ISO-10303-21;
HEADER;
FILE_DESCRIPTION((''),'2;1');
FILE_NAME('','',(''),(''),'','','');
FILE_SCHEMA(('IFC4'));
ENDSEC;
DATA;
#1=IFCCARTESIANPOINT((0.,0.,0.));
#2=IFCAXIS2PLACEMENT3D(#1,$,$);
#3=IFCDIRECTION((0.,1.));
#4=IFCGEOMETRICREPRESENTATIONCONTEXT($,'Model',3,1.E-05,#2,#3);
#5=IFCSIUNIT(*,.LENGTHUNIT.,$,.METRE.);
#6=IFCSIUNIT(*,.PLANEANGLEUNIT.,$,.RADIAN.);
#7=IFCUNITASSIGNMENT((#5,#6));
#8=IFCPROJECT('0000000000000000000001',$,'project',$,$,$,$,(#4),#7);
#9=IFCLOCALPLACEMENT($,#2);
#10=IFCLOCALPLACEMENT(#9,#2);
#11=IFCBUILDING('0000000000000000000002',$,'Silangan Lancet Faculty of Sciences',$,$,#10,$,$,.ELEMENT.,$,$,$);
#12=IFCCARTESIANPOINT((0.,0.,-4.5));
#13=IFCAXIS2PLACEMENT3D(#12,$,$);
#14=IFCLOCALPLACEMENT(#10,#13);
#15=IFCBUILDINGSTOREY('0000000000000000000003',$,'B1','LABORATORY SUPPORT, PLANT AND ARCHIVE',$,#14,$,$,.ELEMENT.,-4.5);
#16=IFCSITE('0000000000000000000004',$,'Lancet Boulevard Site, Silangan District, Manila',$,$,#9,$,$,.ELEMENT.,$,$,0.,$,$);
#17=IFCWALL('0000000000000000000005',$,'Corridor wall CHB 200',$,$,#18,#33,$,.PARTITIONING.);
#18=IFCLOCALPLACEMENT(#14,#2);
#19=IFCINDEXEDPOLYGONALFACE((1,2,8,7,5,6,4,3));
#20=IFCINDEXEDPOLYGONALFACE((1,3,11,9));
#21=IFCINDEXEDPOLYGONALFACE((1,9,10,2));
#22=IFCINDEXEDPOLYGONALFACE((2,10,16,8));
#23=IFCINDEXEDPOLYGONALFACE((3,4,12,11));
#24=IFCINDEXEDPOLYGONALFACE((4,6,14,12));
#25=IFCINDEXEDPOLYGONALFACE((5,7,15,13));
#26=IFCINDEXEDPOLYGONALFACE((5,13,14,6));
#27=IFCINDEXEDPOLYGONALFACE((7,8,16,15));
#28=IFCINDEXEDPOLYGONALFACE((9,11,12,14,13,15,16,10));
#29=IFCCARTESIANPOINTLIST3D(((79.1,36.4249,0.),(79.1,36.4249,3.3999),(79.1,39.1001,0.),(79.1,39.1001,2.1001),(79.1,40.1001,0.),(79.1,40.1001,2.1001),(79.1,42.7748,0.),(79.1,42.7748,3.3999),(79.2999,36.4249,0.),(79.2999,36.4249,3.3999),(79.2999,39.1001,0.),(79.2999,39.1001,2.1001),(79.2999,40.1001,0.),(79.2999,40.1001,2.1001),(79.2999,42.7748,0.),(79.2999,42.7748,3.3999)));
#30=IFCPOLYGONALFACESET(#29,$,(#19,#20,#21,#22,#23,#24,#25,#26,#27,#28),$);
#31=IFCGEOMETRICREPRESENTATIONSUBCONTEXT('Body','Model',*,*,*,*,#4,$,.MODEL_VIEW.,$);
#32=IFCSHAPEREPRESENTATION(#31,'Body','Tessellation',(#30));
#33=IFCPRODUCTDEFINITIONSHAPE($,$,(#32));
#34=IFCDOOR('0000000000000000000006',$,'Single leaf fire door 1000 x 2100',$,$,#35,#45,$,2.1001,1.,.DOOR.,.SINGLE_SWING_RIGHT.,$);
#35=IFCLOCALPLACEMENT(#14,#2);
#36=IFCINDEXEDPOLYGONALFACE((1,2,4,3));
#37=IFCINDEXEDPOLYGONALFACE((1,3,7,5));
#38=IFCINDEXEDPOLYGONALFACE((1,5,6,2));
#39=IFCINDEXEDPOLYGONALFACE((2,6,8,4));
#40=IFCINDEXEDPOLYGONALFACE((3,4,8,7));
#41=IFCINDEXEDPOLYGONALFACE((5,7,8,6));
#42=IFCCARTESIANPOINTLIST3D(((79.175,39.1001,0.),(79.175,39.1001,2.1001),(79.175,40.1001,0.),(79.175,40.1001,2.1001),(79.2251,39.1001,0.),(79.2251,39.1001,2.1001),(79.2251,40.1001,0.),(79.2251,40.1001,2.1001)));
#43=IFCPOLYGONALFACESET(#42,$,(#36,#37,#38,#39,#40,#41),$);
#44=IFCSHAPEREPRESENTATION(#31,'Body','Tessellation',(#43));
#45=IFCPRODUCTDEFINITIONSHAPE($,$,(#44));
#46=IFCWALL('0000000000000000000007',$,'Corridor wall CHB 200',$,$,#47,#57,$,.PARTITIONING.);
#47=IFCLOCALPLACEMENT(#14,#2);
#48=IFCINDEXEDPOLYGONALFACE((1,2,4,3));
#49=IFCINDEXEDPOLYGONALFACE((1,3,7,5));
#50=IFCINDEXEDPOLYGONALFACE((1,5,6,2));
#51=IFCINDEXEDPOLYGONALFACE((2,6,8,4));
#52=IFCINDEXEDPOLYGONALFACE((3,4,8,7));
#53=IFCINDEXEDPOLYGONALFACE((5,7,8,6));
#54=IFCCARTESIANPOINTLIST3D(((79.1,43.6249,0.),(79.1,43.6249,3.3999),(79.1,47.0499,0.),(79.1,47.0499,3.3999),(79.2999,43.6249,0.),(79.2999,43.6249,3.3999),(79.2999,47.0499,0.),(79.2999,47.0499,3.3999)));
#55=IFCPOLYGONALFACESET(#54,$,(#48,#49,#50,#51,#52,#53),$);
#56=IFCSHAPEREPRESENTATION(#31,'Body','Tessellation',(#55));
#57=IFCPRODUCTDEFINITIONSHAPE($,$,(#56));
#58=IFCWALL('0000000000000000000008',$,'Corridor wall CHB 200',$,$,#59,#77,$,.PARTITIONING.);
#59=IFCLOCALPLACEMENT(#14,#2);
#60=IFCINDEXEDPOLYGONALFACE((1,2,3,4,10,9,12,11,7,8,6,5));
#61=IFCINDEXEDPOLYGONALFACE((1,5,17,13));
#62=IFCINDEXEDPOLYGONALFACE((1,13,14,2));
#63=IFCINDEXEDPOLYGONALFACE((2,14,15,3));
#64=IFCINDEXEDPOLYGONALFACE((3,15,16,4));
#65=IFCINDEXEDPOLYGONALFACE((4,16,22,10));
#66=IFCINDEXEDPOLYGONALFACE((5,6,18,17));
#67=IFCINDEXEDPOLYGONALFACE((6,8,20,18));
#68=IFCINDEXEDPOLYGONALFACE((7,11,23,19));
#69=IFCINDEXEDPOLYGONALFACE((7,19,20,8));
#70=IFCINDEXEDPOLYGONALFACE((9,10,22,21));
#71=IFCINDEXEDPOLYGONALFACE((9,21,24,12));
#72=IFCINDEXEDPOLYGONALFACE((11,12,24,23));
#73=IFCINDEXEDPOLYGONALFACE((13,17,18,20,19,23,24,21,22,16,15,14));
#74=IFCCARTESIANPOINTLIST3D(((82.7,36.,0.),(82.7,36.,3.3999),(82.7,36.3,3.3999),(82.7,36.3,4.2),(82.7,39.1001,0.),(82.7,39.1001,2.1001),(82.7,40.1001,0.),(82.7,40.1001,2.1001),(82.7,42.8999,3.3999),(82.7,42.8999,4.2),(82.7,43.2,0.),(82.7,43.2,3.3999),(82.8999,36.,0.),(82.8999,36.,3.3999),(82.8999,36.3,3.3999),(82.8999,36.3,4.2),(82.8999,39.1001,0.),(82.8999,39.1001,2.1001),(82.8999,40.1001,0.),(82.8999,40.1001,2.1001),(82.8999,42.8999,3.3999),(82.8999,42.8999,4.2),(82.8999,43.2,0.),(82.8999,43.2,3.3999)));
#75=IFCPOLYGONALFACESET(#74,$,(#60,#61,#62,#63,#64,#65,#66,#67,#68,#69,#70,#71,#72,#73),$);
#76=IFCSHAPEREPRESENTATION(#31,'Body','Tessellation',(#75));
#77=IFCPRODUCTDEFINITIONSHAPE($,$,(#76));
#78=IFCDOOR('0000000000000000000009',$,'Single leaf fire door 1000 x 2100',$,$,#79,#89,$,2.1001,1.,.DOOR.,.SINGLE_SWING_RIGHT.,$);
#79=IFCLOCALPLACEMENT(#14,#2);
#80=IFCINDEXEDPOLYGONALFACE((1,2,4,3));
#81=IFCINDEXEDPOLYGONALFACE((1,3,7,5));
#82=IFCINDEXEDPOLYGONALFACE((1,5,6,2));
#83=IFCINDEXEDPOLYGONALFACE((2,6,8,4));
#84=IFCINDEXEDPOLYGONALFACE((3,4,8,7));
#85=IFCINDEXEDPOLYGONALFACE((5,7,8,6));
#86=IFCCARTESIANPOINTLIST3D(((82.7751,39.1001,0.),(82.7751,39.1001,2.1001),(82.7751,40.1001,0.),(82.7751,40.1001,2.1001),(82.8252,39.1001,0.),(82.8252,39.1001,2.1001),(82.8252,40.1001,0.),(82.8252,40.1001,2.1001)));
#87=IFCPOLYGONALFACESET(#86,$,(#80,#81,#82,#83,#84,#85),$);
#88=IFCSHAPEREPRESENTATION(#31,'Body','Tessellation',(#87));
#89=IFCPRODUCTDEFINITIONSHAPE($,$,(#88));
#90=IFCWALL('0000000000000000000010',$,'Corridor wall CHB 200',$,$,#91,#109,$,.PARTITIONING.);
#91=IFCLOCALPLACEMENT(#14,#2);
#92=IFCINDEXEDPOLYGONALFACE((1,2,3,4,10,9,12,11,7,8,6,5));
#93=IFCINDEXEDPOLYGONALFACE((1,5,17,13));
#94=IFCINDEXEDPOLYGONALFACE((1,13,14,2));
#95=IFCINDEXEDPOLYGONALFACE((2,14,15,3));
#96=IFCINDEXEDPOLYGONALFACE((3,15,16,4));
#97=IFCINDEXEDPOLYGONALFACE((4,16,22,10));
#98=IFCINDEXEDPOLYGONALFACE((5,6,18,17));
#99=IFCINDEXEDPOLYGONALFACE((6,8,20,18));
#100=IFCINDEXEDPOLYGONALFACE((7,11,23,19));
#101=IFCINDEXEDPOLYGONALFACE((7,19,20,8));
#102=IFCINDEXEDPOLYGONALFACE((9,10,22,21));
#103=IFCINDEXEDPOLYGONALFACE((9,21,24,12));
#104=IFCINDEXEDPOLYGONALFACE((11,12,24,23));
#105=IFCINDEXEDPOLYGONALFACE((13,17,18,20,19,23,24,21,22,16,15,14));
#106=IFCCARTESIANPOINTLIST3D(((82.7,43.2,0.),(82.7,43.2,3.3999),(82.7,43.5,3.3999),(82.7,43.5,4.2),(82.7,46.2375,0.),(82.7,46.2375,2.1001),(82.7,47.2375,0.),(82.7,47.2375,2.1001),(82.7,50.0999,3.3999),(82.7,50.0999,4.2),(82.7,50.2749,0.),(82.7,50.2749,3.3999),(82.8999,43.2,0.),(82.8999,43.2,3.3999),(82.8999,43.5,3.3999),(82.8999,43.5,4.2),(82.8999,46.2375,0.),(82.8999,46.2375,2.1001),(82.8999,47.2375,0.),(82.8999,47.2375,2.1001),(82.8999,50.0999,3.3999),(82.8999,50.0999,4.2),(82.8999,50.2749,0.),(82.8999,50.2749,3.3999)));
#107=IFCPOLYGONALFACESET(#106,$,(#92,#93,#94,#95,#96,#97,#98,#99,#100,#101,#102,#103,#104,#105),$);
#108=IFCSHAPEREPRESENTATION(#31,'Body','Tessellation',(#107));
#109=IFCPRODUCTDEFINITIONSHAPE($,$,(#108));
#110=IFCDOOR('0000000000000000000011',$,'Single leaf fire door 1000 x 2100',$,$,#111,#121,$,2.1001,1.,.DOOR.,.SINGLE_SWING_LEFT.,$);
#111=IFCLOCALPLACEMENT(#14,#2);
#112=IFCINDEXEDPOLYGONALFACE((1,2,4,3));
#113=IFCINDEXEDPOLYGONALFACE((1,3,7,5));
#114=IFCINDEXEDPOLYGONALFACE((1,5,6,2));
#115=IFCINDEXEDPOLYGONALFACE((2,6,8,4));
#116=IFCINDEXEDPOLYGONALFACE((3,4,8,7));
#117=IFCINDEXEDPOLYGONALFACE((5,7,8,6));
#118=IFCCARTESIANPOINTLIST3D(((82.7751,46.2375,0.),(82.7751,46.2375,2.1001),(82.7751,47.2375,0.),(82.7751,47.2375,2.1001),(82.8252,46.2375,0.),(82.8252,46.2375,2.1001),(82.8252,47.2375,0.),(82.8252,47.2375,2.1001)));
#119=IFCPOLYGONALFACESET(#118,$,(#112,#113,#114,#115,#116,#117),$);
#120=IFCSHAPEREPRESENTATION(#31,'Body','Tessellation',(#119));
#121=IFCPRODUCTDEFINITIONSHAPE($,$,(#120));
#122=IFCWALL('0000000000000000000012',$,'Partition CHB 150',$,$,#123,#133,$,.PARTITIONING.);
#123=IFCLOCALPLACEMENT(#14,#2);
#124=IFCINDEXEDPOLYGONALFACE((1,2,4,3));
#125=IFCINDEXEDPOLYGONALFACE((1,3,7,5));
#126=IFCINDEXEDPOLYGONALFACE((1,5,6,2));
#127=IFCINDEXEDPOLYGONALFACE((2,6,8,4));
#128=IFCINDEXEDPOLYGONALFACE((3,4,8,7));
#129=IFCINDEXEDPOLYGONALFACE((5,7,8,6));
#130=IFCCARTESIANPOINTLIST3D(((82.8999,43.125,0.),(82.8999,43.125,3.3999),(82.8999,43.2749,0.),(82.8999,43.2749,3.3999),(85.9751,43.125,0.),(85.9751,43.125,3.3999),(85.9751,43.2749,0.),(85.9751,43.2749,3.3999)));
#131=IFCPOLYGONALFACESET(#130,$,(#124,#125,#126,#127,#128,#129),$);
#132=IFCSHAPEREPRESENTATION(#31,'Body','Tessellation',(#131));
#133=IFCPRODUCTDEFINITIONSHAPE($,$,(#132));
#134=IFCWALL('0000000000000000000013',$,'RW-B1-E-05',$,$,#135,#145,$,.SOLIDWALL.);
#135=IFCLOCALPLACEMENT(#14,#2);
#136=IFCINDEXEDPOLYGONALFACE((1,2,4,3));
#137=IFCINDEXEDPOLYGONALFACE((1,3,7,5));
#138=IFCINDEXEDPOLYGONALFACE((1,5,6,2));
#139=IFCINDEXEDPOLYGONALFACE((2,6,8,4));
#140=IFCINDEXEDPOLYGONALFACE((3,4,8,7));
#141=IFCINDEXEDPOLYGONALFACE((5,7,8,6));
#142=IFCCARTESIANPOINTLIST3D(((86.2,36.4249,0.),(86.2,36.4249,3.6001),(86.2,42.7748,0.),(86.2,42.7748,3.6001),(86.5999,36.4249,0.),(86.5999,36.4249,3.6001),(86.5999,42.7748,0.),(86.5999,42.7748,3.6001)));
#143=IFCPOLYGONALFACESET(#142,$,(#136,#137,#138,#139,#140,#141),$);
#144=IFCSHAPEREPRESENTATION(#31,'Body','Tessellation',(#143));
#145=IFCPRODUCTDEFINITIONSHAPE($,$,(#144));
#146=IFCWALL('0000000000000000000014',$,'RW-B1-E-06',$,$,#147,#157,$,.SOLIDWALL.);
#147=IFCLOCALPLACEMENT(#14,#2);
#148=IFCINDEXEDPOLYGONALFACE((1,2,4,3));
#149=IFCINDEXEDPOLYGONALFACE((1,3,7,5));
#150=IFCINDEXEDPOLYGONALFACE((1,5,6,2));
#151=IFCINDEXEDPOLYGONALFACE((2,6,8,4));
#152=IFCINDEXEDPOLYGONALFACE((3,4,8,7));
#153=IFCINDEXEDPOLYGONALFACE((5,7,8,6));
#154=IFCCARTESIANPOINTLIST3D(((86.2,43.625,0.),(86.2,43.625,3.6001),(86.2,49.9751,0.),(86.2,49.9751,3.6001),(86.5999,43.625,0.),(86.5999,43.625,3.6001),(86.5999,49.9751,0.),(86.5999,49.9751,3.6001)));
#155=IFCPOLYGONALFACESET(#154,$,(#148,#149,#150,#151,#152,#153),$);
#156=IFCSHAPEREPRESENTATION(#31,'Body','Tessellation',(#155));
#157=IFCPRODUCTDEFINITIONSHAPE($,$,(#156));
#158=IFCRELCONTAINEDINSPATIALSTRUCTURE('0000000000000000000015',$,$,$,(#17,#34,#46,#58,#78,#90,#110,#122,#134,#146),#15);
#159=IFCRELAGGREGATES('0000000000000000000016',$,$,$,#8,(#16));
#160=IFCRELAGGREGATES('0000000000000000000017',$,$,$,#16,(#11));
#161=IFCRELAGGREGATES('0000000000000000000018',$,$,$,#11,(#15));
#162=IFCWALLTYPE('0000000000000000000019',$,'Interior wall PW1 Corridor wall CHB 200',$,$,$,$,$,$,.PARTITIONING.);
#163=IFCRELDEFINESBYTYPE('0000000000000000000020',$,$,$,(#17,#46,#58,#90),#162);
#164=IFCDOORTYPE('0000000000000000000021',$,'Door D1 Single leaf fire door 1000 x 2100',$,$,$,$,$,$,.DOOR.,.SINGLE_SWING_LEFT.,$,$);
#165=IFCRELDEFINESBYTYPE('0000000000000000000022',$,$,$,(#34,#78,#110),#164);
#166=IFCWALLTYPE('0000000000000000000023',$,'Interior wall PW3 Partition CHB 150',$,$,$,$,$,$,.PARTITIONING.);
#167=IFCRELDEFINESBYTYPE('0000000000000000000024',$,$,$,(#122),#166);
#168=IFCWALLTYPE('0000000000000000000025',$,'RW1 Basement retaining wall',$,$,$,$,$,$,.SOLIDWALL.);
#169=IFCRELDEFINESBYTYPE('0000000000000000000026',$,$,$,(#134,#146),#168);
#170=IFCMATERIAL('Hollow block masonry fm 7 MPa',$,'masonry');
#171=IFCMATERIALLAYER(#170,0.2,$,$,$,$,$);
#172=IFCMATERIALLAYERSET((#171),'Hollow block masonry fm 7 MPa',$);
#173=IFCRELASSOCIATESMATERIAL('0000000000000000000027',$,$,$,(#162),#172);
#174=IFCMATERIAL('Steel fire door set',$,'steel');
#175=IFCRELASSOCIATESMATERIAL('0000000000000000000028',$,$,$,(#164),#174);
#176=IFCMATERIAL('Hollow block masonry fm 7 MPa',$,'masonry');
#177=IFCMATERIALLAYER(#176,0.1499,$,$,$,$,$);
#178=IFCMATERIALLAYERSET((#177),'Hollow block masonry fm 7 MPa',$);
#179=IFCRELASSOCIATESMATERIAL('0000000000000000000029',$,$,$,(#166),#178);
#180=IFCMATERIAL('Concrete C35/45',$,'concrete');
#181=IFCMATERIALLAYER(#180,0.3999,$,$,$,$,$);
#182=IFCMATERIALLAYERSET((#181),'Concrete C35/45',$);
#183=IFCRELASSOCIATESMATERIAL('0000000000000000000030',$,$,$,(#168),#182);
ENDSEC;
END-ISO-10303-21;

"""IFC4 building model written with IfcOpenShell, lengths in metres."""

from ifc_helpers import new_model, si_unit, direction, frame, frame_2d, origin, place, context, subcontext, project, spatial, polyline, rectangle, outline, extrude, material, layer, layer_set, type_object, element, fill, save


model = new_model("IFC4")

# Units and contexts
model_context = context("Model", 3, precision=1e-05, world=origin(), true_north=direction((0.0, 1.0)))
body_context = subcontext(model_context, "Body", "Model", "MODEL_VIEW")
ifc_project = project(units=[si_unit("LENGTHUNIT", "METRE"), si_unit("PLANEANGLEUNIT", "RADIAN")], contexts=[model_context])

# Site, building, storey
site_placement = place(None, origin())
site = spatial("IfcSite", under=ifc_project, at=site_placement, Name="Lancet Boulevard Site, Silangan District, Manila", CompositionType="ELEMENT", RefElevation=0.0)
building_placement = place(site_placement, origin())
building = spatial("IfcBuilding", under=site, at=building_placement, Name="Silangan Lancet Faculty of Sciences", CompositionType="ELEMENT")
storey_placement = place(building_placement, frame((0.0, 0.0, -4.5)))
storey = spatial("IfcBuildingStorey", under=building, at=storey_placement, Name="B1", Description="LABORATORY SUPPORT, PLANT AND ARCHIVE", CompositionType="ELEMENT", Elevation=-4.5)

# Wall, opening, door
ifc_material_1 = material(Name="Hollow block masonry fm 7 MPa", Category="masonry")
ifc_layer_1 = layer(ifc_material_1, 0.2)
ifc_layer_set_1 = layer_set([ifc_layer_1], Name="Hollow block masonry fm 7 MPa")
wall_type_1 = type_object("IfcWallType", Name="Interior wall PW1 Corridor wall CHB 200", PredefinedType="PARTITIONING", material=ifc_layer_set_1)
wall_1_placement = place(storey_placement, frame((79.2, 36.425, 0.0), z_axis=(0.0, 0.0, 1.0), x_axis=(0.0, 1.0, 0.0)))
wall_1 = element("IfcWall", 1, at=wall_1_placement, inside=storey, type_object=wall_type_1, Name="Corridor wall CHB 200", PredefinedType="PARTITIONING", context=body_context, shape_type="SweptSolid", body=[
    extrude(rectangle(XDim=6.3499, YDim=0.2, at=frame_2d((3.1748, 0.0))), origin(), (0.0, 0.0, 1.0), 3.3999),
])
opening_1_placement = place(wall_1_placement, frame((2.675, 0.0, 0.0)))
opening_1 = element("IfcOpeningElement", 2, at=opening_1_placement, cuts=wall_1, PredefinedType="OPENING", context=body_context, shape_type="SweptSolid", body=[
    extrude(rectangle(XDim=1.0, YDim=2.1001, at=frame_2d((0.5, 1.05))), frame((0.0, 0.1099, 0.0), z_axis=(0.0, -1.0, 0.0), x_axis=(1.0, 0.0, 0.0)), (0.0, 0.0, 1.0), 0.22),
])
ifc_material_2 = material(Name="Steel fire door set", Category="steel")
door_type = type_object("IfcDoorType", Name="Door D1 Single leaf fire door 1000 x 2100", OperationType="SINGLE_SWING_LEFT", PredefinedType="DOOR", material=ifc_material_2)
door_1_placement = place(opening_1_placement, origin())
door_1 = element("IfcDoor", 3, at=door_1_placement, inside=storey, type_object=door_type, Name="Single leaf fire door 1000 x 2100", OperationType="SINGLE_SWING_RIGHT", OverallHeight=2.1001, OverallWidth=1.0, PredefinedType="DOOR", context=body_context, shape_type="SweptSolid", body=[
    extrude(rectangle(XDim=1.0, YDim=2.1001, at=frame_2d((0.5, 1.05))), frame((0.0, 0.0249, 0.0), z_axis=(0.0, -1.0, 0.0), x_axis=(1.0, 0.0, 0.0)), (0.0, 0.0, 1.0), 0.05),
])
fill(opening_1, door_1)

# Wall
wall_2_placement = place(storey_placement, frame((79.2, 43.625, 0.0), z_axis=(0.0, 0.0, 1.0), x_axis=(0.0, 1.0, 0.0)))
element("IfcWall", 4, at=wall_2_placement, inside=storey, type_object=wall_type_1, Name="Corridor wall CHB 200", PredefinedType="PARTITIONING", context=body_context, shape_type="SweptSolid", body=[
    extrude(rectangle(XDim=3.425, YDim=0.2, at=frame_2d((1.7124, 0.0))), origin(), (0.0, 0.0, 1.0), 3.3999),
])

# Walls, openings, doors
wall_3_placement = place(storey_placement, frame((82.8, 36.0, 0.0), z_axis=(0.0, 0.0, 1.0), x_axis=(0.0, 1.0, 0.0)))
wall_3 = element("IfcWall", 5, at=wall_3_placement, inside=storey, type_object=wall_type_1, Name="Corridor wall CHB 200", PredefinedType="PARTITIONING", context=body_context, shape_type="SweptSolid", body=[
    extrude(outline(polyline([(0.0, 0.0), (7.2, 0.0), (7.2, 3.3999), (6.8999, 3.3999), (6.8999, 4.2), (0.3, 4.2), (0.3, 3.3999), (0.0, 3.3999), (0.0, 0.0)])), frame((0.0, 0.1001, 0.0), z_axis=(0.0, -1.0, 0.0), x_axis=(1.0, 0.0, 0.0)), (0.0, 0.0, 1.0), 0.2),
])
opening_2_placement = place(wall_3_placement, frame((3.1001, 0.0, 0.0)))
opening_2 = element("IfcOpeningElement", 6, at=opening_2_placement, cuts=wall_3, PredefinedType="OPENING", context=body_context, shape_type="SweptSolid", body=[
    extrude(rectangle(XDim=1.0, YDim=2.1001, at=frame_2d((0.5, 1.05))), frame((0.0, 0.1099, 0.0), z_axis=(0.0, -1.0, 0.0), x_axis=(1.0, 0.0, 0.0)), (0.0, 0.0, 1.0), 0.22),
])
door_2_placement = place(opening_2_placement, frame((1.0, 0.0, 0.0), z_axis=(0.0, 0.0, 1.0), x_axis=(-1.0, 0.0, 0.0)))
door_2 = element("IfcDoor", 7, at=door_2_placement, inside=storey, type_object=door_type, Name="Single leaf fire door 1000 x 2100", OperationType="SINGLE_SWING_RIGHT", OverallHeight=2.1001, OverallWidth=1.0, PredefinedType="DOOR", context=body_context, shape_type="SweptSolid", body=[
    extrude(rectangle(XDim=1.0, YDim=2.1001, at=frame_2d((0.5, 1.05))), frame((0.0, 0.0251, 0.0), z_axis=(0.0, -1.0, 0.0), x_axis=(1.0, 0.0, 0.0)), (0.0, 0.0, 1.0), 0.05),
])
fill(opening_2, door_2)
wall_4_placement = place(storey_placement, frame((82.8, 43.2, 0.0), z_axis=(0.0, 0.0, 1.0), x_axis=(0.0, 1.0, 0.0)))
wall_4 = element("IfcWall", 8, at=wall_4_placement, inside=storey, type_object=wall_type_1, Name="Corridor wall CHB 200", PredefinedType="PARTITIONING", context=body_context, shape_type="SweptSolid", body=[
    extrude(outline(polyline([(0.0, 0.0), (7.075, 0.0), (7.075, 3.3999), (6.8999, 3.3999), (6.8999, 4.2), (0.3, 4.2), (0.3, 3.3999), (0.0, 3.3999), (0.0, 0.0)])), frame((0.0, 0.1001, 0.0), z_axis=(0.0, -1.0, 0.0), x_axis=(1.0, 0.0, 0.0)), (0.0, 0.0, 1.0), 0.2),
])
opening_3_placement = place(wall_4_placement, frame((3.0376, 0.0, 0.0)))
opening_3 = element("IfcOpeningElement", 9, at=opening_3_placement, cuts=wall_4, PredefinedType="OPENING", context=body_context, shape_type="SweptSolid", body=[
    extrude(rectangle(XDim=1.0, YDim=2.1001, at=frame_2d((0.5, 1.05))), frame((0.0, 0.1099, 0.0), z_axis=(0.0, -1.0, 0.0), x_axis=(1.0, 0.0, 0.0)), (0.0, 0.0, 1.0), 0.22),
])
door_3_placement = place(opening_3_placement, frame((1.0, 0.0, 0.0), z_axis=(0.0, 0.0, 1.0), x_axis=(-1.0, 0.0, 0.0)))
door_3 = element("IfcDoor", 10, at=door_3_placement, inside=storey, type_object=door_type, Name="Single leaf fire door 1000 x 2100", OperationType="SINGLE_SWING_LEFT", OverallHeight=2.1001, OverallWidth=1.0, PredefinedType="DOOR", context=body_context, shape_type="SweptSolid", body=[
    extrude(rectangle(XDim=1.0, YDim=2.1001, at=frame_2d((0.5, 1.05))), frame((0.0, 0.0251, 0.0), z_axis=(0.0, -1.0, 0.0), x_axis=(1.0, 0.0, 0.0)), (0.0, 0.0, 1.0), 0.05),
])
fill(opening_3, door_3)

# Walls
ifc_material_3 = material(Name="Hollow block masonry fm 7 MPa", Category="masonry")
ifc_layer_2 = layer(ifc_material_3, 0.1499)
ifc_layer_set_2 = layer_set([ifc_layer_2], Name="Hollow block masonry fm 7 MPa")
wall_type_2 = type_object("IfcWallType", Name="Interior wall PW3 Partition CHB 150", PredefinedType="PARTITIONING", material=ifc_layer_set_2)
wall_5_placement = place(storey_placement, frame((82.8999, 43.2, 0.0), z_axis=(0.0, 0.0, 1.0), x_axis=(1.0, 0.0, 0.0)))
element("IfcWall", 11, at=wall_5_placement, inside=storey, type_object=wall_type_2, Name="Partition CHB 150", PredefinedType="PARTITIONING", context=body_context, shape_type="SweptSolid", body=[
    extrude(rectangle(XDim=3.0752, YDim=0.1499, at=frame_2d((1.5376, 0.0))), origin(), (0.0, 0.0, 1.0), 3.3999),
])
ifc_material_4 = material(Name="Concrete C35/45", Category="concrete")
ifc_layer_3 = layer(ifc_material_4, 0.3999)
ifc_layer_set_3 = layer_set([ifc_layer_3], Name="Concrete C35/45")
wall_type_3 = type_object("IfcWallType", Name="RW1 Basement retaining wall", PredefinedType="SOLIDWALL", material=ifc_layer_set_3)
wall_6_placement = place(storey_placement, frame((86.3999, 36.425, 0.0), z_axis=(0.0, 0.0, 1.0), x_axis=(0.0, 1.0, 0.0)))
element("IfcWall", 12, at=wall_6_placement, inside=storey, type_object=wall_type_3, Name="RW-B1-E-05", PredefinedType="SOLIDWALL", context=body_context, shape_type="SweptSolid", body=[
    extrude(rectangle(XDim=6.3499, YDim=0.3999, at=frame_2d((3.1748, 0.0))), origin(), (0.0, 0.0, 1.0), 3.6001),
])
wall_7_placement = place(storey_placement, frame((86.3999, 43.625, 0.0), z_axis=(0.0, 0.0, 1.0), x_axis=(0.0, 1.0, 0.0)))
element("IfcWall", 13, at=wall_7_placement, inside=storey, type_object=wall_type_3, Name="RW-B1-E-06", PredefinedType="SOLIDWALL", context=body_context, shape_type="SweptSolid", body=[
    extrude(rectangle(XDim=6.3501, YDim=0.3999, at=frame_2d((3.175, 0.0))), origin(), (0.0, 0.0, 1.0), 3.6001),
])

save(model, "model.ifc")
